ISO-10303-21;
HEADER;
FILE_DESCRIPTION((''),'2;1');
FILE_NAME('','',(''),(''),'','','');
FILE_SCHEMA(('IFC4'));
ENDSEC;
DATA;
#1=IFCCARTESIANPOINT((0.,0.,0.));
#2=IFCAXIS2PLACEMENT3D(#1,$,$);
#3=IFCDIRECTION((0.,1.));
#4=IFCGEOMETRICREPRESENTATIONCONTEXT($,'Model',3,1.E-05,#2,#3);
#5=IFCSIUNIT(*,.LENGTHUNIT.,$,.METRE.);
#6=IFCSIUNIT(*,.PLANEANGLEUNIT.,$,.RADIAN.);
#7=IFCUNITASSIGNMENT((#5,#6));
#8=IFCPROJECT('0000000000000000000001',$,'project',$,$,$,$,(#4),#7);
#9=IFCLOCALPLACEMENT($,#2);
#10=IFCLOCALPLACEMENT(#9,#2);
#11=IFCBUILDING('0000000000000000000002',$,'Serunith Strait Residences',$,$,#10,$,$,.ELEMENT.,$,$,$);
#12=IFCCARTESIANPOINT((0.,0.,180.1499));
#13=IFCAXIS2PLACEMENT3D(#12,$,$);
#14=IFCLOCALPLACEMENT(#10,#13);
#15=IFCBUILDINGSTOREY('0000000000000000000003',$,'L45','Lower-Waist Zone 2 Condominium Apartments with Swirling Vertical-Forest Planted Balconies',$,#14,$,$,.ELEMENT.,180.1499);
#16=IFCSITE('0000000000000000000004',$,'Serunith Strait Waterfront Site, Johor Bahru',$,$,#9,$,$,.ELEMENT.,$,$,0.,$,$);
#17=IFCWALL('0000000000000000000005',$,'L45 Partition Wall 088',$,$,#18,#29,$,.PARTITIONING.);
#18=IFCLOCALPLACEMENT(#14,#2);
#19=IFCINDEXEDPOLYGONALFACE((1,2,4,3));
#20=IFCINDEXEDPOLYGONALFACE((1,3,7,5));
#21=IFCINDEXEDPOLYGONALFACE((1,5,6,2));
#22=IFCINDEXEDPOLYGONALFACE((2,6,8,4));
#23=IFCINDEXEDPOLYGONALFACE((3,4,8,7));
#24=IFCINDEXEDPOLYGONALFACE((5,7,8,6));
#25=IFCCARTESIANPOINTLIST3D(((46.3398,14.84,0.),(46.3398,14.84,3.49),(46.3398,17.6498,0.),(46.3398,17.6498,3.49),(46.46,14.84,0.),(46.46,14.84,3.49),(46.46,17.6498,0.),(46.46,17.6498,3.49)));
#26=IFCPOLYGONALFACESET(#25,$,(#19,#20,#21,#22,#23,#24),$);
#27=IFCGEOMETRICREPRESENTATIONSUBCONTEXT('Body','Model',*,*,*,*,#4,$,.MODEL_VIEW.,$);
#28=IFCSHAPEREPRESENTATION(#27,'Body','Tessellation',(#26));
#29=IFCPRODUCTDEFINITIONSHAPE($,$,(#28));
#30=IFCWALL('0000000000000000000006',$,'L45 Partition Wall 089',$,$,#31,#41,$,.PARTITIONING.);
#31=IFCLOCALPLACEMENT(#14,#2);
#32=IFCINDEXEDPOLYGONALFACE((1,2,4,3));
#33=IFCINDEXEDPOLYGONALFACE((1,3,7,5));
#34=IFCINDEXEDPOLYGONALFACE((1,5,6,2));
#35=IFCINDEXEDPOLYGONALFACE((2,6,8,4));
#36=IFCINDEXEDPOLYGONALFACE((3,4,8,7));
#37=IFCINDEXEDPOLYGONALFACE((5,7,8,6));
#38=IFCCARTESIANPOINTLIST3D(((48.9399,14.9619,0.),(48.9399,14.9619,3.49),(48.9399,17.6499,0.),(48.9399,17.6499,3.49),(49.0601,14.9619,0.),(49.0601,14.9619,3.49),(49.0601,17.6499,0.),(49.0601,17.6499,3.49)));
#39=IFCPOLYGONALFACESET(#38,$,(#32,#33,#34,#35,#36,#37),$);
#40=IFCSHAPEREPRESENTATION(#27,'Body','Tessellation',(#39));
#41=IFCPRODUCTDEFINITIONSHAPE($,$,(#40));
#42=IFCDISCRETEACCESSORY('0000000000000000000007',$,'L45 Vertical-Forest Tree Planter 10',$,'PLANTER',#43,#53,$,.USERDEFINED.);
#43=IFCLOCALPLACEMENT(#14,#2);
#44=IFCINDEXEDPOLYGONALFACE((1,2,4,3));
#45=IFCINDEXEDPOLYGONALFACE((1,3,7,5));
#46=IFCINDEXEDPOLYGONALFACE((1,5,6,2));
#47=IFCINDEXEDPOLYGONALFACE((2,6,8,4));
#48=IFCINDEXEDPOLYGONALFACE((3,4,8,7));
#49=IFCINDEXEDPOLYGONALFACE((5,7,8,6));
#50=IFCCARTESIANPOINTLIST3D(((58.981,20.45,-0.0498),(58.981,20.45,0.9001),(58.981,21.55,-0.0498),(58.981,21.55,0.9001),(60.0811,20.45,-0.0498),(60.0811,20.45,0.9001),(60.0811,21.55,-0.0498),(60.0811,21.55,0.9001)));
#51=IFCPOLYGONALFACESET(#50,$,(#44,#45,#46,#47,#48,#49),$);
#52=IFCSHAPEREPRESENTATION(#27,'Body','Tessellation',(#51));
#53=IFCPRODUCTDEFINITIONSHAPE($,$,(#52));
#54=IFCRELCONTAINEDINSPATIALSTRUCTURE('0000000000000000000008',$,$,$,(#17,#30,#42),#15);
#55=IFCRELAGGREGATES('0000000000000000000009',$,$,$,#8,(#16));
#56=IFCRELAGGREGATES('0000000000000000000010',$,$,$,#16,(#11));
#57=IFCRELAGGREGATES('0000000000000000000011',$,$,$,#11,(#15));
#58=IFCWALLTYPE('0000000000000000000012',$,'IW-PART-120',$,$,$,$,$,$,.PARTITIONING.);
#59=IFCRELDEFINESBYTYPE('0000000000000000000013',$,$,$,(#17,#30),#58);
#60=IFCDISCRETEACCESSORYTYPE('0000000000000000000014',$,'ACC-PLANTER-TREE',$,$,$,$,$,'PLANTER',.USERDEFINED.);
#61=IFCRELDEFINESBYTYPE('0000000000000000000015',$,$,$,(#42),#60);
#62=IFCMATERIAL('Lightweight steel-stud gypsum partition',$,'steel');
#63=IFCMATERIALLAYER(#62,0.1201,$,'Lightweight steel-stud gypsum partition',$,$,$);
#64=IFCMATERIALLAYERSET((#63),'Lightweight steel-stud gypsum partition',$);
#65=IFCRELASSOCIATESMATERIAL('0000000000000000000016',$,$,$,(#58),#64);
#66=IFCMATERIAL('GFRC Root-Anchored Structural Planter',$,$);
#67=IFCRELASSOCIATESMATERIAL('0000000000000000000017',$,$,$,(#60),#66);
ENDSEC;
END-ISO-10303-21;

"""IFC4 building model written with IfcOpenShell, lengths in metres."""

from ifc_helpers import new_model, si_unit, direction, frame, frame_2d, origin, origin_2d, place, context, subcontext, project, spatial, rectangle, extrude, source, transform, mapped, material, layer, layer_set, type_object, element, save


model = new_model("IFC4")

# Units and contexts
model_context = context("Model", 3, precision=1e-05, world=origin(), true_north=direction((0.0, 1.0)))
body_context = subcontext(model_context, "Body", "Model", "MODEL_VIEW")
ifc_project = project(units=[si_unit("LENGTHUNIT", "METRE"), si_unit("PLANEANGLEUNIT", "RADIAN")], contexts=[model_context])

# Site, building, storey
site_placement = place(None, origin())
site = spatial("IfcSite", under=ifc_project, at=site_placement, Name="Serunith Strait Waterfront Site, Johor Bahru", CompositionType="ELEMENT", RefElevation=0.0)
building_placement = place(site_placement, origin())
building = spatial("IfcBuilding", under=site, at=building_placement, Name="Serunith Strait Residences", CompositionType="ELEMENT")
storey_placement = place(building_placement, frame((0.0, 0.0, 180.1499)))
storey = spatial("IfcBuildingStorey", under=building, at=storey_placement, Name="L45", Description="Lower-Waist Zone 2 Condominium Apartments with Swirling Vertical-Forest Planted Balconies", CompositionType="ELEMENT", Elevation=180.1499)

# Shared definitions
ifc_material_1 = material(Name="Lightweight steel-stud gypsum partition", Category="steel")
ifc_layer_1 = layer(ifc_material_1, 0.1201, Name="Lightweight steel-stud gypsum partition")
ifc_layer_set_1 = layer_set([ifc_layer_1], Name="Lightweight steel-stud gypsum partition")
wall_type_1 = type_object("IfcWallType", Name="IW-PART-120", PredefinedType="PARTITIONING", material=ifc_layer_set_1)

# Walls
wall_1_placement = place(storey_placement, frame((46.3999, 14.8401, 0.0), z_axis=(0.0, 0.0, 1.0), x_axis=(0.0, 1.0, 0.0)))
element("IfcWall", 1, at=wall_1_placement, inside=storey, type_object=wall_type_1, Name="L45 Partition Wall 088", PredefinedType="PARTITIONING", context=body_context, shape_type="SweptSolid", body=[
    extrude(rectangle(XDim=2.8098, YDim=0.1201, at=frame_2d((1.4048, 0.0))), origin(), (0.0, 0.0, 1.0), 3.49),
])
wall_2_placement = place(storey_placement, frame((49.0, 14.9619, 0.0), z_axis=(0.0, 0.0, 1.0), x_axis=(0.0, 1.0, 0.0)))
element("IfcWall", 2, at=wall_2_placement, inside=storey, type_object=wall_type_1, Name="L45 Partition Wall 089", PredefinedType="PARTITIONING", context=body_context, shape_type="SweptSolid", body=[
    extrude(rectangle(XDim=2.688, YDim=0.1201, at=frame_2d((1.344, 0.0))), origin(), (0.0, 0.0, 1.0), 3.49),
])

# Discrete accessory
ifc_material_2 = material(Name="GFRC Root-Anchored Structural Planter")
discrete_accessory_type = type_object("IfcDiscreteAccessoryType", Name="ACC-PLANTER-TREE", ElementType="PLANTER", PredefinedType="USERDEFINED", material=ifc_material_2)
shared_shape_1 = source(origin(), body_context, "Body", "SweptSolid", [
    extrude(rectangle(XDim=1.1001, YDim=1.1001, at=origin_2d()), origin(), (0.0, 0.0, 1.0), 0.95),
])
discrete_accessory_placement = place(storey_placement, frame((59.531, 21.0, -0.0498), z_axis=(0.0, 0.0, 1.0), x_axis=(0.0, 1.0, 0.0)))
element("IfcDiscreteAccessory", 3, at=discrete_accessory_placement, inside=storey, type_object=discrete_accessory_type, Name="L45 Vertical-Forest Tree Planter 10", ObjectType="PLANTER", PredefinedType="USERDEFINED", context=body_context, shape_type="MappedRepresentation", body=[
    mapped(shared_shape_1, transform((0.0, 0.0, 0.0), scale=1.0)),
])

save(model, "model.ifc")
